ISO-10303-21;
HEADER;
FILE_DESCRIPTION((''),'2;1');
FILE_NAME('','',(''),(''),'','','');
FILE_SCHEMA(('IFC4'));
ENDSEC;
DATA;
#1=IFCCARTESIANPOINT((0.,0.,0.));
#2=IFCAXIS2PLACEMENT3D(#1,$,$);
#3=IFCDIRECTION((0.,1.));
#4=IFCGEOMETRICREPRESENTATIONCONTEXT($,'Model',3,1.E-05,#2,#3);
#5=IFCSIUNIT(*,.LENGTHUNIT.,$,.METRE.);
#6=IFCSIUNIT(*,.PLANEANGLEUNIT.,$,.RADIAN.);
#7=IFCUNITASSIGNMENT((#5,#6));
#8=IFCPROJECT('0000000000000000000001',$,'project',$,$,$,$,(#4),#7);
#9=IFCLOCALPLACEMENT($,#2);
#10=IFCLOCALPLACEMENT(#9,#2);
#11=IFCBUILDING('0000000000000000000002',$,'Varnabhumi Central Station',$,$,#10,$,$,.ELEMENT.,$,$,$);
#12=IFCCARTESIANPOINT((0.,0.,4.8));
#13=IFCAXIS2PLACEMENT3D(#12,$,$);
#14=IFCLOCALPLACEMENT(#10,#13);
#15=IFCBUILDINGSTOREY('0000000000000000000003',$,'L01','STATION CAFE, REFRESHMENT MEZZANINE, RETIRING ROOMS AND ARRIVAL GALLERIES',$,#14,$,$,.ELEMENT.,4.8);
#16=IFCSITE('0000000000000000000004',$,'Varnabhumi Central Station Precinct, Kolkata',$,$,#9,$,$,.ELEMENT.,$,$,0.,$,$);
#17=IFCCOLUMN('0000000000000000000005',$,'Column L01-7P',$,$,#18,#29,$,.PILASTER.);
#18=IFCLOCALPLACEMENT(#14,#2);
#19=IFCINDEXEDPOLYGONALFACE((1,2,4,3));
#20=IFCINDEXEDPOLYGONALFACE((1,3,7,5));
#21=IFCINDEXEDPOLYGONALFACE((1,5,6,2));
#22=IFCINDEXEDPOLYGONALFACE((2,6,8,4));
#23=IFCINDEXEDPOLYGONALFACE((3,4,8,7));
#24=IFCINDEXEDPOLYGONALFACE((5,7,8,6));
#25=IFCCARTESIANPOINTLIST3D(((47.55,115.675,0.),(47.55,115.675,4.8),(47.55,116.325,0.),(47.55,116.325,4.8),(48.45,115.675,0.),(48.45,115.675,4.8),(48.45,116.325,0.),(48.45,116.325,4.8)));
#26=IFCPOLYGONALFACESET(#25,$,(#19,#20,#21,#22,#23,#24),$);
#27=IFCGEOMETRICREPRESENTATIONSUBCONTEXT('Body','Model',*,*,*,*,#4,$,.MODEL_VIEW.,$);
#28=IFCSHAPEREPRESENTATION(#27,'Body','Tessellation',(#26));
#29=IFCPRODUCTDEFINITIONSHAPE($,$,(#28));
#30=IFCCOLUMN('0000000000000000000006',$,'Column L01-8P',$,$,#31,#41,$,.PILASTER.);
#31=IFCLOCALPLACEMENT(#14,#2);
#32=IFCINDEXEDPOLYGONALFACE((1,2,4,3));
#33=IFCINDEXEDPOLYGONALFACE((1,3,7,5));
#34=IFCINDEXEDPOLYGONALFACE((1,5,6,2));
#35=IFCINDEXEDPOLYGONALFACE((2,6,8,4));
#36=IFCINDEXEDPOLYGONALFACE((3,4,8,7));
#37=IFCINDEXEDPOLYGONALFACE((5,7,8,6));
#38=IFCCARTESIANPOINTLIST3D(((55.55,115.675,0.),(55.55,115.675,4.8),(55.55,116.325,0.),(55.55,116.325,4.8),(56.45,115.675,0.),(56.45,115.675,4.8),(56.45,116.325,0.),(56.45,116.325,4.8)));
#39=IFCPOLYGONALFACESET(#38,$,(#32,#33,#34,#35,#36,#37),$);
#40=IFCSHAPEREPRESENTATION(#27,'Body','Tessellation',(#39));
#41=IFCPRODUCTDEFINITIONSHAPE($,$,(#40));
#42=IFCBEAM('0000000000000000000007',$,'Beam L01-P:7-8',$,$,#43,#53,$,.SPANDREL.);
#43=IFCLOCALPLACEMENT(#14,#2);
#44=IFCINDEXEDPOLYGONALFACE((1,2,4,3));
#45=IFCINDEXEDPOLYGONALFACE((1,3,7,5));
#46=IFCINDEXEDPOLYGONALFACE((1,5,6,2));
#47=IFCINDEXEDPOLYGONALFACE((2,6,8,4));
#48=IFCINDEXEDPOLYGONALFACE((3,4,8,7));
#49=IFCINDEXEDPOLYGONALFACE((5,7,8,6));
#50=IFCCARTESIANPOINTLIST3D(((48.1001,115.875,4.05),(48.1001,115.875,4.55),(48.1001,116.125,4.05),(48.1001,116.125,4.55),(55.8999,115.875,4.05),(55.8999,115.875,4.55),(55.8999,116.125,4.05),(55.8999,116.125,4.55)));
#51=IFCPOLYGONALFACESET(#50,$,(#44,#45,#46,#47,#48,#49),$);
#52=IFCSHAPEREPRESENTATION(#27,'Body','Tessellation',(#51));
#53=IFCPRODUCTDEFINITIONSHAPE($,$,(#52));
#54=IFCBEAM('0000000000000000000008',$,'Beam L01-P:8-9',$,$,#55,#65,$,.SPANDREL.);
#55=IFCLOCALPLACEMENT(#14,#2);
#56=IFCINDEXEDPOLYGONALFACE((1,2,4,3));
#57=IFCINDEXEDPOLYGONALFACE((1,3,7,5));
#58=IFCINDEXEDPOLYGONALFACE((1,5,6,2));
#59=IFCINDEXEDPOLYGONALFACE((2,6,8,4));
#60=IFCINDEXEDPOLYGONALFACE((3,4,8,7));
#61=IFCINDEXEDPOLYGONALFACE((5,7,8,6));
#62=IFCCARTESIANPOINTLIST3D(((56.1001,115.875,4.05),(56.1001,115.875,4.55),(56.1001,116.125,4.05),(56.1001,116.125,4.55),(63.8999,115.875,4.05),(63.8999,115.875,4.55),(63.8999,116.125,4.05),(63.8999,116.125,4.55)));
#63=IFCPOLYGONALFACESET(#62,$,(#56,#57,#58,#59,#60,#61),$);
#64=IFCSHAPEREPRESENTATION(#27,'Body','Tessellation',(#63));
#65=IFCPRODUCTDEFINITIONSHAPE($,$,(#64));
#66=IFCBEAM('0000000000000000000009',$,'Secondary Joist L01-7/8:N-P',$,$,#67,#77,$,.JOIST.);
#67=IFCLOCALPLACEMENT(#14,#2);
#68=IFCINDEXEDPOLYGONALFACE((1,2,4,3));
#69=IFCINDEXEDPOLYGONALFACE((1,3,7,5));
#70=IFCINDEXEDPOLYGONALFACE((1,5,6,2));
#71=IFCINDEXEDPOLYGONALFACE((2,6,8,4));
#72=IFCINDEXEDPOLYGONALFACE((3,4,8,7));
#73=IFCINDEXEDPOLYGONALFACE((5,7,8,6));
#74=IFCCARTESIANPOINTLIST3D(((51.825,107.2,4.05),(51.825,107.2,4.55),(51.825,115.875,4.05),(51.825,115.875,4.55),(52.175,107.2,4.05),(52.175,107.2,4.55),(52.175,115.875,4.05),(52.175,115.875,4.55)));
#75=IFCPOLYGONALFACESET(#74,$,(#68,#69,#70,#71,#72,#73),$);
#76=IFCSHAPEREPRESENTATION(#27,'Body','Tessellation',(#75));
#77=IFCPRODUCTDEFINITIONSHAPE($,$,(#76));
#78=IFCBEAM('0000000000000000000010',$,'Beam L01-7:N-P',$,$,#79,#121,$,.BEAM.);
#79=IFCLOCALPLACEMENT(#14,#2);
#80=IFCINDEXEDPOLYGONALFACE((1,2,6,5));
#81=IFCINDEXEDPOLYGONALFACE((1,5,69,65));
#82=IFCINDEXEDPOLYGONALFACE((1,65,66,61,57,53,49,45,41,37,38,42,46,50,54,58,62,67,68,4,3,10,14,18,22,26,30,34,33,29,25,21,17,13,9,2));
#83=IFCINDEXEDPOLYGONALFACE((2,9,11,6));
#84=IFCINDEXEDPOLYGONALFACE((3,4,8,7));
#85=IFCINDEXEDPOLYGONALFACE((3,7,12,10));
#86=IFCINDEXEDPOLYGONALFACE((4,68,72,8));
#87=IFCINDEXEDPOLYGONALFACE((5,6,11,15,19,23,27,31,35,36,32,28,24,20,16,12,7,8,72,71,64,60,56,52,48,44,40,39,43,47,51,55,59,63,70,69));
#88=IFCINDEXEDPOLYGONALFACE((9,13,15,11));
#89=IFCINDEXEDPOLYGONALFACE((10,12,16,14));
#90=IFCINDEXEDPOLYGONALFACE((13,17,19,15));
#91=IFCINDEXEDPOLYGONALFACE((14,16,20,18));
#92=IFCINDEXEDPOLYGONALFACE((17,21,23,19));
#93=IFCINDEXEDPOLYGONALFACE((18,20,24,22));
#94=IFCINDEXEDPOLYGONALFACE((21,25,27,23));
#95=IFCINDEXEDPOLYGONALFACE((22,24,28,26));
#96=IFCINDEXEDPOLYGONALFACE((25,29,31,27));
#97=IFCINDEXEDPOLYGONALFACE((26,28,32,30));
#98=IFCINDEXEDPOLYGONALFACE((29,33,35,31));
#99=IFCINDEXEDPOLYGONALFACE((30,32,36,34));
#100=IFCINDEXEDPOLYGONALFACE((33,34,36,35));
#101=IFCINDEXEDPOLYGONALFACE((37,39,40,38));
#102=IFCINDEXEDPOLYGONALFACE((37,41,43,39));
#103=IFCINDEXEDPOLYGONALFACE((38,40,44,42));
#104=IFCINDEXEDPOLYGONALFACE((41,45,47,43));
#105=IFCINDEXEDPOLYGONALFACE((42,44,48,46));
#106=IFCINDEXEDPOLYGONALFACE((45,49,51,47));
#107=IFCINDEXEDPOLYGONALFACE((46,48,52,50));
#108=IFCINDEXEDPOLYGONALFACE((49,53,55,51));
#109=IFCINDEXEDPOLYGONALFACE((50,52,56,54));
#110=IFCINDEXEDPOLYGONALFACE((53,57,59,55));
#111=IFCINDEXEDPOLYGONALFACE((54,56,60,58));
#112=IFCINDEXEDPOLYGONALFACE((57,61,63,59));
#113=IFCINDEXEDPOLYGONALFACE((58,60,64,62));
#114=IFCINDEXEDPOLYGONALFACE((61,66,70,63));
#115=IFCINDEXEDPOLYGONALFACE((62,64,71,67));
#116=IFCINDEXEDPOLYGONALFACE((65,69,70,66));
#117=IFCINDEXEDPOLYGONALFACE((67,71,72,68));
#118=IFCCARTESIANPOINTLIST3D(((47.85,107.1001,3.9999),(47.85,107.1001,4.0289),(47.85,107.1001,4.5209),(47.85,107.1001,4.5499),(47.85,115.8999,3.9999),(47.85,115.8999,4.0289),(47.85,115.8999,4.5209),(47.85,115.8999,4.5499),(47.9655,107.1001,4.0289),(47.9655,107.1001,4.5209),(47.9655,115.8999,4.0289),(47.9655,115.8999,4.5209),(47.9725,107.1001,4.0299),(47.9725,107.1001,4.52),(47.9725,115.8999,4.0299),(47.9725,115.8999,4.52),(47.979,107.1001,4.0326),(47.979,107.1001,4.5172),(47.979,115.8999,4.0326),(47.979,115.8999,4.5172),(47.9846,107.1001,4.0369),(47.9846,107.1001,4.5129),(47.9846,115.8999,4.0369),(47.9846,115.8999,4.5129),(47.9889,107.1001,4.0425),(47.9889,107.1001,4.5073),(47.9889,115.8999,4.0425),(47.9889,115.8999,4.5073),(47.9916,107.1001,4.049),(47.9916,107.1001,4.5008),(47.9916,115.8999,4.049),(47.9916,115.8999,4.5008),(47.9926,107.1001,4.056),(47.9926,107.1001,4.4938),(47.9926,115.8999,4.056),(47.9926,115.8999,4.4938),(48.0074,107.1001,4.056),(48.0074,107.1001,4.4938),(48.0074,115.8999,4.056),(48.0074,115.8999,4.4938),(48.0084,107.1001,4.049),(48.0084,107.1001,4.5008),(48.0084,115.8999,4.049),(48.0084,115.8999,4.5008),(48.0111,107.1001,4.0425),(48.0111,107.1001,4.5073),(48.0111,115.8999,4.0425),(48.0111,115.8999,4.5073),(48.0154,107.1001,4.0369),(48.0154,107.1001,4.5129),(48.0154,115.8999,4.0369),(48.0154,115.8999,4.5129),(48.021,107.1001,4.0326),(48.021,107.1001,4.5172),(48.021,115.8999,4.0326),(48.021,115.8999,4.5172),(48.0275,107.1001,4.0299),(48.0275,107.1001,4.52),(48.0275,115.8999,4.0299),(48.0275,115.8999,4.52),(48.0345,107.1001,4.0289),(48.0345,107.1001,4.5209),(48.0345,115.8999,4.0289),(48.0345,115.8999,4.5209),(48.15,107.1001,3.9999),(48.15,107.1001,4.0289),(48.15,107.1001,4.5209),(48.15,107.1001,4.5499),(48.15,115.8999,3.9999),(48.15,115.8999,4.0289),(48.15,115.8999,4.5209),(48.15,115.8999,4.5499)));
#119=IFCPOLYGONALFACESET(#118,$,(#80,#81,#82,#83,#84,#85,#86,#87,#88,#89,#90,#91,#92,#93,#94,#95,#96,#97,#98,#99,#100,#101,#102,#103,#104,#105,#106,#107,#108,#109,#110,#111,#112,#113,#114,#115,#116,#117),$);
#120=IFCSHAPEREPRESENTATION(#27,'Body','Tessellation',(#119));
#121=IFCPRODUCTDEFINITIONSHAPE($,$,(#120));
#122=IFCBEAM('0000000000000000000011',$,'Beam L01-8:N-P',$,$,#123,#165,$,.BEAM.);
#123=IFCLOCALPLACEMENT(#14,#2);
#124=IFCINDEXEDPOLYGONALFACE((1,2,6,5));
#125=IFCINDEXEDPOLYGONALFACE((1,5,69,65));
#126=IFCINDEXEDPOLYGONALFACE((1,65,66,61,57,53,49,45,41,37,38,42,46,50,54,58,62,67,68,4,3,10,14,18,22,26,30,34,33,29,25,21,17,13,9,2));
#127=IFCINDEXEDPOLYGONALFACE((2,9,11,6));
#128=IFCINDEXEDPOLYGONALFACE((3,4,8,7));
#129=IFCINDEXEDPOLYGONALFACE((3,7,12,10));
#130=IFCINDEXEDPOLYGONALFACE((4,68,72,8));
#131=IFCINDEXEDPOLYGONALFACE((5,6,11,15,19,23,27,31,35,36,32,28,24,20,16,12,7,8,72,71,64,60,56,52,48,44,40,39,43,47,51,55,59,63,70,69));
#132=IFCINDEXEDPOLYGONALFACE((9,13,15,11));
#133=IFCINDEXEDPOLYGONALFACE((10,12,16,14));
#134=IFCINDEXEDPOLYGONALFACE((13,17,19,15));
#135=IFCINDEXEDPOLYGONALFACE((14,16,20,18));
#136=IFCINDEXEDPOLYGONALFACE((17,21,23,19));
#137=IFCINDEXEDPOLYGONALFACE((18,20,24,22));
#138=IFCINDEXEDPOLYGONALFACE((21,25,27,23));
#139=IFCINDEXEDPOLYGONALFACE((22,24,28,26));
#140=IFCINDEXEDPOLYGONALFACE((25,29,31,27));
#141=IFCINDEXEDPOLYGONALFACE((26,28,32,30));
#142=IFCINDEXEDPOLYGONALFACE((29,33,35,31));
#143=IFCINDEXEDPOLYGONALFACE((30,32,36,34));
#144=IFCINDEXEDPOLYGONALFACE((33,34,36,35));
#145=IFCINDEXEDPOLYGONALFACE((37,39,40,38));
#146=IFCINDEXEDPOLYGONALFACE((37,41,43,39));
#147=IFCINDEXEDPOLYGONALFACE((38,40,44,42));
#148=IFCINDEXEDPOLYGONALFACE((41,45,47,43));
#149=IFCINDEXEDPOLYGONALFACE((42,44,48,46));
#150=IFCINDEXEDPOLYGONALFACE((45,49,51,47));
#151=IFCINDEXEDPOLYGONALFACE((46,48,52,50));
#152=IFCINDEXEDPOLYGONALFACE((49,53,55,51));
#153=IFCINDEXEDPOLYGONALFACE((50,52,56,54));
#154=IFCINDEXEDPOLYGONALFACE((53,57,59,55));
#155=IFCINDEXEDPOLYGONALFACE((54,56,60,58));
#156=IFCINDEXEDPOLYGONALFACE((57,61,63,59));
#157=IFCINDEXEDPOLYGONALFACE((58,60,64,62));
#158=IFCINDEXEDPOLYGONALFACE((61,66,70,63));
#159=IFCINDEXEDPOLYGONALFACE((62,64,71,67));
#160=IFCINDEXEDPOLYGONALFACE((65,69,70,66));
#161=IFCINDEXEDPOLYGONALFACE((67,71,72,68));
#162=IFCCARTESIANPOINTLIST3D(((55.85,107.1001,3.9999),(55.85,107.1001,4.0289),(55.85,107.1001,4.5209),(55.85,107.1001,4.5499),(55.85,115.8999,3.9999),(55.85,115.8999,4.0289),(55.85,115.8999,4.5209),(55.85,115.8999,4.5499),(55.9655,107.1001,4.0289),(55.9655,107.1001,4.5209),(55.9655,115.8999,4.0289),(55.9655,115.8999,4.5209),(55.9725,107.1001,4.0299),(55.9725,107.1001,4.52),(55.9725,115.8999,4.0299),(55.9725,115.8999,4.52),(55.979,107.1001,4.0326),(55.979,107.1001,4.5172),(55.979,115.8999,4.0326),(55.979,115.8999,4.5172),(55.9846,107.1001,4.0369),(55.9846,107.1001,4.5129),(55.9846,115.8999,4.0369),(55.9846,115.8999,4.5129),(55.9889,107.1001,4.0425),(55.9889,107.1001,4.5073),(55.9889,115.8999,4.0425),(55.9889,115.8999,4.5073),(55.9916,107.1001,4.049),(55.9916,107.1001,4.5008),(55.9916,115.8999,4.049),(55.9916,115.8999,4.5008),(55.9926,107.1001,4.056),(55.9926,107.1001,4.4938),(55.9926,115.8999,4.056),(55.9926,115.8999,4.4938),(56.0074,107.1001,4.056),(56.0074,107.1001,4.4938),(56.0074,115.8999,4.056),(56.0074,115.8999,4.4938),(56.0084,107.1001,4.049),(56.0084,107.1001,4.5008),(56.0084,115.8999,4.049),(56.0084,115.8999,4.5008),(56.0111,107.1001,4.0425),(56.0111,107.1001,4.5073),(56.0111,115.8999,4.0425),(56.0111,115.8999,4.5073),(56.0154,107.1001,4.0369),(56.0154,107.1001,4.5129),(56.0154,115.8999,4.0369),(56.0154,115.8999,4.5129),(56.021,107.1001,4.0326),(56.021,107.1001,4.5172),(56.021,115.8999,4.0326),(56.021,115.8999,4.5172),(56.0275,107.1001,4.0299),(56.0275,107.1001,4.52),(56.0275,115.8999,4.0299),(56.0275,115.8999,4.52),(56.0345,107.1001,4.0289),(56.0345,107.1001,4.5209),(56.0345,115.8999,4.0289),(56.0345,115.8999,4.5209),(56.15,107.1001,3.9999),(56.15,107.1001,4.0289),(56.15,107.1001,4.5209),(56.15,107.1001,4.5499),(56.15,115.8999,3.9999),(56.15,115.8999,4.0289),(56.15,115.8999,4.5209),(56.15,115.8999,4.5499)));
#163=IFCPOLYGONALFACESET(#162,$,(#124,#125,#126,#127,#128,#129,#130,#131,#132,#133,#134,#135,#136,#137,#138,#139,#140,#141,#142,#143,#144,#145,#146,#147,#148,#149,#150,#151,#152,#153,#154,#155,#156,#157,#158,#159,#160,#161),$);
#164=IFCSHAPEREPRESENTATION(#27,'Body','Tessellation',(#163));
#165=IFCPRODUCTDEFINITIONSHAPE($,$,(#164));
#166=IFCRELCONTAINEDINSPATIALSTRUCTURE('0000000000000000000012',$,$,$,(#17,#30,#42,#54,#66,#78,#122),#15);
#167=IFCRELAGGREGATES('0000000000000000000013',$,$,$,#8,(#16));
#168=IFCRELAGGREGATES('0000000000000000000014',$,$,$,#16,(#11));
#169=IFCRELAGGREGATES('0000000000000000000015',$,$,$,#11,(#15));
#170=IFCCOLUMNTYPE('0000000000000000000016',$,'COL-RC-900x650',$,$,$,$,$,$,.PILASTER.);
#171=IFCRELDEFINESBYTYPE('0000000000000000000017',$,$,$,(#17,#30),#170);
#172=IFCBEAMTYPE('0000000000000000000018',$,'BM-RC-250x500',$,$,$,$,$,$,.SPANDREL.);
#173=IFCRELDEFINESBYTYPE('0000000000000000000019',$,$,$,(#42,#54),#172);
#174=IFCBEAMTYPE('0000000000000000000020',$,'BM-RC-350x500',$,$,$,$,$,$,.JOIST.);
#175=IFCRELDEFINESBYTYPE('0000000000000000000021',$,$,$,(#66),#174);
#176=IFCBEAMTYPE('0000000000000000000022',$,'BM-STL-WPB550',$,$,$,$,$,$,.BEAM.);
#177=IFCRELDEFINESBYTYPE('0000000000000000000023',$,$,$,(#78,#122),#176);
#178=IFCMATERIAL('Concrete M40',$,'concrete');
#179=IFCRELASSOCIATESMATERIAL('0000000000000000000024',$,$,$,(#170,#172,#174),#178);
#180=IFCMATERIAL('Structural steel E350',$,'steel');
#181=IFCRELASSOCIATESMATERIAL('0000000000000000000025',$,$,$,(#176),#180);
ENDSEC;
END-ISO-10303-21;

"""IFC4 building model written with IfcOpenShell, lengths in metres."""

from ifc_helpers import new_model, si_unit, direction, frame, origin, origin_2d, place, context, subcontext, project, spatial, rectangle, i_section, extrude, material, material_profile, profile_set, type_object, element, save


model = new_model("IFC4")

# Units and contexts
model_context = context("Model", 3, precision=1e-05, world=origin(), true_north=direction((0.0, 1.0)))
body_context = subcontext(model_context, "Body", "Model", "MODEL_VIEW")
ifc_project = project(units=[si_unit("LENGTHUNIT", "METRE"), si_unit("PLANEANGLEUNIT", "RADIAN")], contexts=[model_context])

# Site, building, storey
site_placement = place(None, origin())
site = spatial("IfcSite", under=ifc_project, at=site_placement, Name="Varnabhumi Central Station Precinct, Kolkata", CompositionType="ELEMENT", RefElevation=0.0)
building_placement = place(site_placement, origin())
building = spatial("IfcBuilding", under=site, at=building_placement, Name="Varnabhumi Central Station", CompositionType="ELEMENT")
storey_placement = place(building_placement, frame((0.0, 0.0, 4.8)))
storey = spatial("IfcBuildingStorey", under=building, at=storey_placement, Name="L01", Description="STATION CAFE, REFRESHMENT MEZZANINE, RETIRING ROOMS AND ARRIVAL GALLERIES", CompositionType="ELEMENT", Elevation=4.8)

# Columns
ifc_material_1 = material(Name="Concrete M40", Category="concrete")
ifc_material_profile_1 = material_profile(ifc_material_1, rectangle(XDim=0.8999, YDim=0.6499, at=origin_2d()), Name="Concrete M40", Category="concrete")
ifc_profile_set_1 = profile_set([ifc_material_profile_1], Name="Concrete M40")
column_type = type_object("IfcColumnType", Name="COL-RC-900x650", PredefinedType="PILASTER", material=ifc_profile_set_1)
for number, where, z_axis, x_axis, name in (
    (1, (48.0, 116.0, 0.0), (0.0, 0.0, 1.0), (1.0, 0.0, 0.0), "Column L01-7P"),
    (2, (56.0, 116.0, 0.0), (0.0, 0.0, 1.0), (1.0, 0.0, 0.0), "Column L01-8P"),
):
    element("IfcColumn", number, at=place(storey_placement, frame(where, z_axis=z_axis, x_axis=x_axis)), inside=storey, type_object=column_type, Name=name, PredefinedType="PILASTER", context=body_context, shape_type="SweptSolid", body=[
        extrude(rectangle(XDim=0.8999, YDim=0.6499, at=origin_2d()), origin(), (0.0, 0.0, 1.0), 4.8),
    ])

# Beams
ifc_material_profile_2 = material_profile(ifc_material_1, rectangle(XDim=0.25, YDim=0.5, at=origin_2d()), Name="Concrete M40", Category="concrete")
ifc_profile_set_2 = profile_set([ifc_material_profile_2], Name="Concrete M40")
beam_type_1 = type_object("IfcBeamType", Name="BM-RC-250x500", PredefinedType="SPANDREL", material=ifc_profile_set_2)
for number, where, z_axis, x_axis, name in (
    (3, (48.1001, 116.0, 4.3), (1.0, 0.0, 0.0), (0.0, 1.0, 0.0), "Beam L01-P:7-8"),
    (4, (56.1001, 116.0, 4.3), (1.0, 0.0, 0.0), (0.0, 1.0, 0.0), "Beam L01-P:8-9"),
):
    element("IfcBeam", number, at=place(storey_placement, frame(where, z_axis=z_axis, x_axis=x_axis)), inside=storey, type_object=beam_type_1, Name=name, PredefinedType="SPANDREL", context=body_context, shape_type="SweptSolid", body=[
        extrude(rectangle(XDim=0.25, YDim=0.5, at=origin_2d()), origin(), (0.0, 0.0, 1.0), 7.7998),
    ])
ifc_material_profile_3 = material_profile(ifc_material_1, rectangle(XDim=0.3501, YDim=0.5, at=origin_2d()), Name="Concrete M40", Category="concrete")
ifc_profile_set_3 = profile_set([ifc_material_profile_3], Name="Concrete M40")
beam_type_2 = type_object("IfcBeamType", Name="BM-RC-350x500", PredefinedType="JOIST", material=ifc_profile_set_3)
beam_placement = place(storey_placement, frame((52.0, 107.2, 4.3), z_axis=(0.0, 1.0, 0.0), x_axis=(-1.0, 0.0, 0.0)))
element("IfcBeam", 5, at=beam_placement, inside=storey, type_object=beam_type_2, Name="Secondary Joist L01-7/8:N-P", PredefinedType="JOIST", context=body_context, shape_type="SweptSolid", body=[
    extrude(rectangle(XDim=0.3501, YDim=0.5, at=origin_2d()), origin(), (0.0, 0.0, 1.0), 8.675),
])
ifc_material_2 = material(Name="Structural steel E350", Category="steel")
ifc_material_profile_4 = material_profile(ifc_material_2, i_section(OverallWidth=0.3, OverallDepth=0.55, WebThickness=0.0149, FlangeThickness=0.0291, FilletRadius=0.0271, at=origin_2d()), Name="Structural steel E350", Category="steel")
ifc_profile_set_4 = profile_set([ifc_material_profile_4], Name="Structural steel E350")
beam_type_3 = type_object("IfcBeamType", Name="BM-STL-WPB550", PredefinedType="BEAM", material=ifc_profile_set_4)
for number, where, z_axis, x_axis, name in (
    (6, (48.0, 107.1001, 4.2749), (0.0, 1.0, 0.0), (-1.0, 0.0, 0.0), "Beam L01-7:N-P"),
    (7, (56.0, 107.1001, 4.2749), (0.0, 1.0, 0.0), (-1.0, 0.0, 0.0), "Beam L01-8:N-P"),
):
    element("IfcBeam", number, at=place(storey_placement, frame(where, z_axis=z_axis, x_axis=x_axis)), inside=storey, type_object=beam_type_3, Name=name, PredefinedType="BEAM", context=body_context, shape_type="SweptSolid", body=[
        extrude(i_section(OverallWidth=0.3, OverallDepth=0.55, WebThickness=0.0149, FlangeThickness=0.0291, FilletRadius=0.0271, at=origin_2d()), origin(), (0.0, 0.0, 1.0), 8.7998),
    ])

save(model, "model.ifc")
